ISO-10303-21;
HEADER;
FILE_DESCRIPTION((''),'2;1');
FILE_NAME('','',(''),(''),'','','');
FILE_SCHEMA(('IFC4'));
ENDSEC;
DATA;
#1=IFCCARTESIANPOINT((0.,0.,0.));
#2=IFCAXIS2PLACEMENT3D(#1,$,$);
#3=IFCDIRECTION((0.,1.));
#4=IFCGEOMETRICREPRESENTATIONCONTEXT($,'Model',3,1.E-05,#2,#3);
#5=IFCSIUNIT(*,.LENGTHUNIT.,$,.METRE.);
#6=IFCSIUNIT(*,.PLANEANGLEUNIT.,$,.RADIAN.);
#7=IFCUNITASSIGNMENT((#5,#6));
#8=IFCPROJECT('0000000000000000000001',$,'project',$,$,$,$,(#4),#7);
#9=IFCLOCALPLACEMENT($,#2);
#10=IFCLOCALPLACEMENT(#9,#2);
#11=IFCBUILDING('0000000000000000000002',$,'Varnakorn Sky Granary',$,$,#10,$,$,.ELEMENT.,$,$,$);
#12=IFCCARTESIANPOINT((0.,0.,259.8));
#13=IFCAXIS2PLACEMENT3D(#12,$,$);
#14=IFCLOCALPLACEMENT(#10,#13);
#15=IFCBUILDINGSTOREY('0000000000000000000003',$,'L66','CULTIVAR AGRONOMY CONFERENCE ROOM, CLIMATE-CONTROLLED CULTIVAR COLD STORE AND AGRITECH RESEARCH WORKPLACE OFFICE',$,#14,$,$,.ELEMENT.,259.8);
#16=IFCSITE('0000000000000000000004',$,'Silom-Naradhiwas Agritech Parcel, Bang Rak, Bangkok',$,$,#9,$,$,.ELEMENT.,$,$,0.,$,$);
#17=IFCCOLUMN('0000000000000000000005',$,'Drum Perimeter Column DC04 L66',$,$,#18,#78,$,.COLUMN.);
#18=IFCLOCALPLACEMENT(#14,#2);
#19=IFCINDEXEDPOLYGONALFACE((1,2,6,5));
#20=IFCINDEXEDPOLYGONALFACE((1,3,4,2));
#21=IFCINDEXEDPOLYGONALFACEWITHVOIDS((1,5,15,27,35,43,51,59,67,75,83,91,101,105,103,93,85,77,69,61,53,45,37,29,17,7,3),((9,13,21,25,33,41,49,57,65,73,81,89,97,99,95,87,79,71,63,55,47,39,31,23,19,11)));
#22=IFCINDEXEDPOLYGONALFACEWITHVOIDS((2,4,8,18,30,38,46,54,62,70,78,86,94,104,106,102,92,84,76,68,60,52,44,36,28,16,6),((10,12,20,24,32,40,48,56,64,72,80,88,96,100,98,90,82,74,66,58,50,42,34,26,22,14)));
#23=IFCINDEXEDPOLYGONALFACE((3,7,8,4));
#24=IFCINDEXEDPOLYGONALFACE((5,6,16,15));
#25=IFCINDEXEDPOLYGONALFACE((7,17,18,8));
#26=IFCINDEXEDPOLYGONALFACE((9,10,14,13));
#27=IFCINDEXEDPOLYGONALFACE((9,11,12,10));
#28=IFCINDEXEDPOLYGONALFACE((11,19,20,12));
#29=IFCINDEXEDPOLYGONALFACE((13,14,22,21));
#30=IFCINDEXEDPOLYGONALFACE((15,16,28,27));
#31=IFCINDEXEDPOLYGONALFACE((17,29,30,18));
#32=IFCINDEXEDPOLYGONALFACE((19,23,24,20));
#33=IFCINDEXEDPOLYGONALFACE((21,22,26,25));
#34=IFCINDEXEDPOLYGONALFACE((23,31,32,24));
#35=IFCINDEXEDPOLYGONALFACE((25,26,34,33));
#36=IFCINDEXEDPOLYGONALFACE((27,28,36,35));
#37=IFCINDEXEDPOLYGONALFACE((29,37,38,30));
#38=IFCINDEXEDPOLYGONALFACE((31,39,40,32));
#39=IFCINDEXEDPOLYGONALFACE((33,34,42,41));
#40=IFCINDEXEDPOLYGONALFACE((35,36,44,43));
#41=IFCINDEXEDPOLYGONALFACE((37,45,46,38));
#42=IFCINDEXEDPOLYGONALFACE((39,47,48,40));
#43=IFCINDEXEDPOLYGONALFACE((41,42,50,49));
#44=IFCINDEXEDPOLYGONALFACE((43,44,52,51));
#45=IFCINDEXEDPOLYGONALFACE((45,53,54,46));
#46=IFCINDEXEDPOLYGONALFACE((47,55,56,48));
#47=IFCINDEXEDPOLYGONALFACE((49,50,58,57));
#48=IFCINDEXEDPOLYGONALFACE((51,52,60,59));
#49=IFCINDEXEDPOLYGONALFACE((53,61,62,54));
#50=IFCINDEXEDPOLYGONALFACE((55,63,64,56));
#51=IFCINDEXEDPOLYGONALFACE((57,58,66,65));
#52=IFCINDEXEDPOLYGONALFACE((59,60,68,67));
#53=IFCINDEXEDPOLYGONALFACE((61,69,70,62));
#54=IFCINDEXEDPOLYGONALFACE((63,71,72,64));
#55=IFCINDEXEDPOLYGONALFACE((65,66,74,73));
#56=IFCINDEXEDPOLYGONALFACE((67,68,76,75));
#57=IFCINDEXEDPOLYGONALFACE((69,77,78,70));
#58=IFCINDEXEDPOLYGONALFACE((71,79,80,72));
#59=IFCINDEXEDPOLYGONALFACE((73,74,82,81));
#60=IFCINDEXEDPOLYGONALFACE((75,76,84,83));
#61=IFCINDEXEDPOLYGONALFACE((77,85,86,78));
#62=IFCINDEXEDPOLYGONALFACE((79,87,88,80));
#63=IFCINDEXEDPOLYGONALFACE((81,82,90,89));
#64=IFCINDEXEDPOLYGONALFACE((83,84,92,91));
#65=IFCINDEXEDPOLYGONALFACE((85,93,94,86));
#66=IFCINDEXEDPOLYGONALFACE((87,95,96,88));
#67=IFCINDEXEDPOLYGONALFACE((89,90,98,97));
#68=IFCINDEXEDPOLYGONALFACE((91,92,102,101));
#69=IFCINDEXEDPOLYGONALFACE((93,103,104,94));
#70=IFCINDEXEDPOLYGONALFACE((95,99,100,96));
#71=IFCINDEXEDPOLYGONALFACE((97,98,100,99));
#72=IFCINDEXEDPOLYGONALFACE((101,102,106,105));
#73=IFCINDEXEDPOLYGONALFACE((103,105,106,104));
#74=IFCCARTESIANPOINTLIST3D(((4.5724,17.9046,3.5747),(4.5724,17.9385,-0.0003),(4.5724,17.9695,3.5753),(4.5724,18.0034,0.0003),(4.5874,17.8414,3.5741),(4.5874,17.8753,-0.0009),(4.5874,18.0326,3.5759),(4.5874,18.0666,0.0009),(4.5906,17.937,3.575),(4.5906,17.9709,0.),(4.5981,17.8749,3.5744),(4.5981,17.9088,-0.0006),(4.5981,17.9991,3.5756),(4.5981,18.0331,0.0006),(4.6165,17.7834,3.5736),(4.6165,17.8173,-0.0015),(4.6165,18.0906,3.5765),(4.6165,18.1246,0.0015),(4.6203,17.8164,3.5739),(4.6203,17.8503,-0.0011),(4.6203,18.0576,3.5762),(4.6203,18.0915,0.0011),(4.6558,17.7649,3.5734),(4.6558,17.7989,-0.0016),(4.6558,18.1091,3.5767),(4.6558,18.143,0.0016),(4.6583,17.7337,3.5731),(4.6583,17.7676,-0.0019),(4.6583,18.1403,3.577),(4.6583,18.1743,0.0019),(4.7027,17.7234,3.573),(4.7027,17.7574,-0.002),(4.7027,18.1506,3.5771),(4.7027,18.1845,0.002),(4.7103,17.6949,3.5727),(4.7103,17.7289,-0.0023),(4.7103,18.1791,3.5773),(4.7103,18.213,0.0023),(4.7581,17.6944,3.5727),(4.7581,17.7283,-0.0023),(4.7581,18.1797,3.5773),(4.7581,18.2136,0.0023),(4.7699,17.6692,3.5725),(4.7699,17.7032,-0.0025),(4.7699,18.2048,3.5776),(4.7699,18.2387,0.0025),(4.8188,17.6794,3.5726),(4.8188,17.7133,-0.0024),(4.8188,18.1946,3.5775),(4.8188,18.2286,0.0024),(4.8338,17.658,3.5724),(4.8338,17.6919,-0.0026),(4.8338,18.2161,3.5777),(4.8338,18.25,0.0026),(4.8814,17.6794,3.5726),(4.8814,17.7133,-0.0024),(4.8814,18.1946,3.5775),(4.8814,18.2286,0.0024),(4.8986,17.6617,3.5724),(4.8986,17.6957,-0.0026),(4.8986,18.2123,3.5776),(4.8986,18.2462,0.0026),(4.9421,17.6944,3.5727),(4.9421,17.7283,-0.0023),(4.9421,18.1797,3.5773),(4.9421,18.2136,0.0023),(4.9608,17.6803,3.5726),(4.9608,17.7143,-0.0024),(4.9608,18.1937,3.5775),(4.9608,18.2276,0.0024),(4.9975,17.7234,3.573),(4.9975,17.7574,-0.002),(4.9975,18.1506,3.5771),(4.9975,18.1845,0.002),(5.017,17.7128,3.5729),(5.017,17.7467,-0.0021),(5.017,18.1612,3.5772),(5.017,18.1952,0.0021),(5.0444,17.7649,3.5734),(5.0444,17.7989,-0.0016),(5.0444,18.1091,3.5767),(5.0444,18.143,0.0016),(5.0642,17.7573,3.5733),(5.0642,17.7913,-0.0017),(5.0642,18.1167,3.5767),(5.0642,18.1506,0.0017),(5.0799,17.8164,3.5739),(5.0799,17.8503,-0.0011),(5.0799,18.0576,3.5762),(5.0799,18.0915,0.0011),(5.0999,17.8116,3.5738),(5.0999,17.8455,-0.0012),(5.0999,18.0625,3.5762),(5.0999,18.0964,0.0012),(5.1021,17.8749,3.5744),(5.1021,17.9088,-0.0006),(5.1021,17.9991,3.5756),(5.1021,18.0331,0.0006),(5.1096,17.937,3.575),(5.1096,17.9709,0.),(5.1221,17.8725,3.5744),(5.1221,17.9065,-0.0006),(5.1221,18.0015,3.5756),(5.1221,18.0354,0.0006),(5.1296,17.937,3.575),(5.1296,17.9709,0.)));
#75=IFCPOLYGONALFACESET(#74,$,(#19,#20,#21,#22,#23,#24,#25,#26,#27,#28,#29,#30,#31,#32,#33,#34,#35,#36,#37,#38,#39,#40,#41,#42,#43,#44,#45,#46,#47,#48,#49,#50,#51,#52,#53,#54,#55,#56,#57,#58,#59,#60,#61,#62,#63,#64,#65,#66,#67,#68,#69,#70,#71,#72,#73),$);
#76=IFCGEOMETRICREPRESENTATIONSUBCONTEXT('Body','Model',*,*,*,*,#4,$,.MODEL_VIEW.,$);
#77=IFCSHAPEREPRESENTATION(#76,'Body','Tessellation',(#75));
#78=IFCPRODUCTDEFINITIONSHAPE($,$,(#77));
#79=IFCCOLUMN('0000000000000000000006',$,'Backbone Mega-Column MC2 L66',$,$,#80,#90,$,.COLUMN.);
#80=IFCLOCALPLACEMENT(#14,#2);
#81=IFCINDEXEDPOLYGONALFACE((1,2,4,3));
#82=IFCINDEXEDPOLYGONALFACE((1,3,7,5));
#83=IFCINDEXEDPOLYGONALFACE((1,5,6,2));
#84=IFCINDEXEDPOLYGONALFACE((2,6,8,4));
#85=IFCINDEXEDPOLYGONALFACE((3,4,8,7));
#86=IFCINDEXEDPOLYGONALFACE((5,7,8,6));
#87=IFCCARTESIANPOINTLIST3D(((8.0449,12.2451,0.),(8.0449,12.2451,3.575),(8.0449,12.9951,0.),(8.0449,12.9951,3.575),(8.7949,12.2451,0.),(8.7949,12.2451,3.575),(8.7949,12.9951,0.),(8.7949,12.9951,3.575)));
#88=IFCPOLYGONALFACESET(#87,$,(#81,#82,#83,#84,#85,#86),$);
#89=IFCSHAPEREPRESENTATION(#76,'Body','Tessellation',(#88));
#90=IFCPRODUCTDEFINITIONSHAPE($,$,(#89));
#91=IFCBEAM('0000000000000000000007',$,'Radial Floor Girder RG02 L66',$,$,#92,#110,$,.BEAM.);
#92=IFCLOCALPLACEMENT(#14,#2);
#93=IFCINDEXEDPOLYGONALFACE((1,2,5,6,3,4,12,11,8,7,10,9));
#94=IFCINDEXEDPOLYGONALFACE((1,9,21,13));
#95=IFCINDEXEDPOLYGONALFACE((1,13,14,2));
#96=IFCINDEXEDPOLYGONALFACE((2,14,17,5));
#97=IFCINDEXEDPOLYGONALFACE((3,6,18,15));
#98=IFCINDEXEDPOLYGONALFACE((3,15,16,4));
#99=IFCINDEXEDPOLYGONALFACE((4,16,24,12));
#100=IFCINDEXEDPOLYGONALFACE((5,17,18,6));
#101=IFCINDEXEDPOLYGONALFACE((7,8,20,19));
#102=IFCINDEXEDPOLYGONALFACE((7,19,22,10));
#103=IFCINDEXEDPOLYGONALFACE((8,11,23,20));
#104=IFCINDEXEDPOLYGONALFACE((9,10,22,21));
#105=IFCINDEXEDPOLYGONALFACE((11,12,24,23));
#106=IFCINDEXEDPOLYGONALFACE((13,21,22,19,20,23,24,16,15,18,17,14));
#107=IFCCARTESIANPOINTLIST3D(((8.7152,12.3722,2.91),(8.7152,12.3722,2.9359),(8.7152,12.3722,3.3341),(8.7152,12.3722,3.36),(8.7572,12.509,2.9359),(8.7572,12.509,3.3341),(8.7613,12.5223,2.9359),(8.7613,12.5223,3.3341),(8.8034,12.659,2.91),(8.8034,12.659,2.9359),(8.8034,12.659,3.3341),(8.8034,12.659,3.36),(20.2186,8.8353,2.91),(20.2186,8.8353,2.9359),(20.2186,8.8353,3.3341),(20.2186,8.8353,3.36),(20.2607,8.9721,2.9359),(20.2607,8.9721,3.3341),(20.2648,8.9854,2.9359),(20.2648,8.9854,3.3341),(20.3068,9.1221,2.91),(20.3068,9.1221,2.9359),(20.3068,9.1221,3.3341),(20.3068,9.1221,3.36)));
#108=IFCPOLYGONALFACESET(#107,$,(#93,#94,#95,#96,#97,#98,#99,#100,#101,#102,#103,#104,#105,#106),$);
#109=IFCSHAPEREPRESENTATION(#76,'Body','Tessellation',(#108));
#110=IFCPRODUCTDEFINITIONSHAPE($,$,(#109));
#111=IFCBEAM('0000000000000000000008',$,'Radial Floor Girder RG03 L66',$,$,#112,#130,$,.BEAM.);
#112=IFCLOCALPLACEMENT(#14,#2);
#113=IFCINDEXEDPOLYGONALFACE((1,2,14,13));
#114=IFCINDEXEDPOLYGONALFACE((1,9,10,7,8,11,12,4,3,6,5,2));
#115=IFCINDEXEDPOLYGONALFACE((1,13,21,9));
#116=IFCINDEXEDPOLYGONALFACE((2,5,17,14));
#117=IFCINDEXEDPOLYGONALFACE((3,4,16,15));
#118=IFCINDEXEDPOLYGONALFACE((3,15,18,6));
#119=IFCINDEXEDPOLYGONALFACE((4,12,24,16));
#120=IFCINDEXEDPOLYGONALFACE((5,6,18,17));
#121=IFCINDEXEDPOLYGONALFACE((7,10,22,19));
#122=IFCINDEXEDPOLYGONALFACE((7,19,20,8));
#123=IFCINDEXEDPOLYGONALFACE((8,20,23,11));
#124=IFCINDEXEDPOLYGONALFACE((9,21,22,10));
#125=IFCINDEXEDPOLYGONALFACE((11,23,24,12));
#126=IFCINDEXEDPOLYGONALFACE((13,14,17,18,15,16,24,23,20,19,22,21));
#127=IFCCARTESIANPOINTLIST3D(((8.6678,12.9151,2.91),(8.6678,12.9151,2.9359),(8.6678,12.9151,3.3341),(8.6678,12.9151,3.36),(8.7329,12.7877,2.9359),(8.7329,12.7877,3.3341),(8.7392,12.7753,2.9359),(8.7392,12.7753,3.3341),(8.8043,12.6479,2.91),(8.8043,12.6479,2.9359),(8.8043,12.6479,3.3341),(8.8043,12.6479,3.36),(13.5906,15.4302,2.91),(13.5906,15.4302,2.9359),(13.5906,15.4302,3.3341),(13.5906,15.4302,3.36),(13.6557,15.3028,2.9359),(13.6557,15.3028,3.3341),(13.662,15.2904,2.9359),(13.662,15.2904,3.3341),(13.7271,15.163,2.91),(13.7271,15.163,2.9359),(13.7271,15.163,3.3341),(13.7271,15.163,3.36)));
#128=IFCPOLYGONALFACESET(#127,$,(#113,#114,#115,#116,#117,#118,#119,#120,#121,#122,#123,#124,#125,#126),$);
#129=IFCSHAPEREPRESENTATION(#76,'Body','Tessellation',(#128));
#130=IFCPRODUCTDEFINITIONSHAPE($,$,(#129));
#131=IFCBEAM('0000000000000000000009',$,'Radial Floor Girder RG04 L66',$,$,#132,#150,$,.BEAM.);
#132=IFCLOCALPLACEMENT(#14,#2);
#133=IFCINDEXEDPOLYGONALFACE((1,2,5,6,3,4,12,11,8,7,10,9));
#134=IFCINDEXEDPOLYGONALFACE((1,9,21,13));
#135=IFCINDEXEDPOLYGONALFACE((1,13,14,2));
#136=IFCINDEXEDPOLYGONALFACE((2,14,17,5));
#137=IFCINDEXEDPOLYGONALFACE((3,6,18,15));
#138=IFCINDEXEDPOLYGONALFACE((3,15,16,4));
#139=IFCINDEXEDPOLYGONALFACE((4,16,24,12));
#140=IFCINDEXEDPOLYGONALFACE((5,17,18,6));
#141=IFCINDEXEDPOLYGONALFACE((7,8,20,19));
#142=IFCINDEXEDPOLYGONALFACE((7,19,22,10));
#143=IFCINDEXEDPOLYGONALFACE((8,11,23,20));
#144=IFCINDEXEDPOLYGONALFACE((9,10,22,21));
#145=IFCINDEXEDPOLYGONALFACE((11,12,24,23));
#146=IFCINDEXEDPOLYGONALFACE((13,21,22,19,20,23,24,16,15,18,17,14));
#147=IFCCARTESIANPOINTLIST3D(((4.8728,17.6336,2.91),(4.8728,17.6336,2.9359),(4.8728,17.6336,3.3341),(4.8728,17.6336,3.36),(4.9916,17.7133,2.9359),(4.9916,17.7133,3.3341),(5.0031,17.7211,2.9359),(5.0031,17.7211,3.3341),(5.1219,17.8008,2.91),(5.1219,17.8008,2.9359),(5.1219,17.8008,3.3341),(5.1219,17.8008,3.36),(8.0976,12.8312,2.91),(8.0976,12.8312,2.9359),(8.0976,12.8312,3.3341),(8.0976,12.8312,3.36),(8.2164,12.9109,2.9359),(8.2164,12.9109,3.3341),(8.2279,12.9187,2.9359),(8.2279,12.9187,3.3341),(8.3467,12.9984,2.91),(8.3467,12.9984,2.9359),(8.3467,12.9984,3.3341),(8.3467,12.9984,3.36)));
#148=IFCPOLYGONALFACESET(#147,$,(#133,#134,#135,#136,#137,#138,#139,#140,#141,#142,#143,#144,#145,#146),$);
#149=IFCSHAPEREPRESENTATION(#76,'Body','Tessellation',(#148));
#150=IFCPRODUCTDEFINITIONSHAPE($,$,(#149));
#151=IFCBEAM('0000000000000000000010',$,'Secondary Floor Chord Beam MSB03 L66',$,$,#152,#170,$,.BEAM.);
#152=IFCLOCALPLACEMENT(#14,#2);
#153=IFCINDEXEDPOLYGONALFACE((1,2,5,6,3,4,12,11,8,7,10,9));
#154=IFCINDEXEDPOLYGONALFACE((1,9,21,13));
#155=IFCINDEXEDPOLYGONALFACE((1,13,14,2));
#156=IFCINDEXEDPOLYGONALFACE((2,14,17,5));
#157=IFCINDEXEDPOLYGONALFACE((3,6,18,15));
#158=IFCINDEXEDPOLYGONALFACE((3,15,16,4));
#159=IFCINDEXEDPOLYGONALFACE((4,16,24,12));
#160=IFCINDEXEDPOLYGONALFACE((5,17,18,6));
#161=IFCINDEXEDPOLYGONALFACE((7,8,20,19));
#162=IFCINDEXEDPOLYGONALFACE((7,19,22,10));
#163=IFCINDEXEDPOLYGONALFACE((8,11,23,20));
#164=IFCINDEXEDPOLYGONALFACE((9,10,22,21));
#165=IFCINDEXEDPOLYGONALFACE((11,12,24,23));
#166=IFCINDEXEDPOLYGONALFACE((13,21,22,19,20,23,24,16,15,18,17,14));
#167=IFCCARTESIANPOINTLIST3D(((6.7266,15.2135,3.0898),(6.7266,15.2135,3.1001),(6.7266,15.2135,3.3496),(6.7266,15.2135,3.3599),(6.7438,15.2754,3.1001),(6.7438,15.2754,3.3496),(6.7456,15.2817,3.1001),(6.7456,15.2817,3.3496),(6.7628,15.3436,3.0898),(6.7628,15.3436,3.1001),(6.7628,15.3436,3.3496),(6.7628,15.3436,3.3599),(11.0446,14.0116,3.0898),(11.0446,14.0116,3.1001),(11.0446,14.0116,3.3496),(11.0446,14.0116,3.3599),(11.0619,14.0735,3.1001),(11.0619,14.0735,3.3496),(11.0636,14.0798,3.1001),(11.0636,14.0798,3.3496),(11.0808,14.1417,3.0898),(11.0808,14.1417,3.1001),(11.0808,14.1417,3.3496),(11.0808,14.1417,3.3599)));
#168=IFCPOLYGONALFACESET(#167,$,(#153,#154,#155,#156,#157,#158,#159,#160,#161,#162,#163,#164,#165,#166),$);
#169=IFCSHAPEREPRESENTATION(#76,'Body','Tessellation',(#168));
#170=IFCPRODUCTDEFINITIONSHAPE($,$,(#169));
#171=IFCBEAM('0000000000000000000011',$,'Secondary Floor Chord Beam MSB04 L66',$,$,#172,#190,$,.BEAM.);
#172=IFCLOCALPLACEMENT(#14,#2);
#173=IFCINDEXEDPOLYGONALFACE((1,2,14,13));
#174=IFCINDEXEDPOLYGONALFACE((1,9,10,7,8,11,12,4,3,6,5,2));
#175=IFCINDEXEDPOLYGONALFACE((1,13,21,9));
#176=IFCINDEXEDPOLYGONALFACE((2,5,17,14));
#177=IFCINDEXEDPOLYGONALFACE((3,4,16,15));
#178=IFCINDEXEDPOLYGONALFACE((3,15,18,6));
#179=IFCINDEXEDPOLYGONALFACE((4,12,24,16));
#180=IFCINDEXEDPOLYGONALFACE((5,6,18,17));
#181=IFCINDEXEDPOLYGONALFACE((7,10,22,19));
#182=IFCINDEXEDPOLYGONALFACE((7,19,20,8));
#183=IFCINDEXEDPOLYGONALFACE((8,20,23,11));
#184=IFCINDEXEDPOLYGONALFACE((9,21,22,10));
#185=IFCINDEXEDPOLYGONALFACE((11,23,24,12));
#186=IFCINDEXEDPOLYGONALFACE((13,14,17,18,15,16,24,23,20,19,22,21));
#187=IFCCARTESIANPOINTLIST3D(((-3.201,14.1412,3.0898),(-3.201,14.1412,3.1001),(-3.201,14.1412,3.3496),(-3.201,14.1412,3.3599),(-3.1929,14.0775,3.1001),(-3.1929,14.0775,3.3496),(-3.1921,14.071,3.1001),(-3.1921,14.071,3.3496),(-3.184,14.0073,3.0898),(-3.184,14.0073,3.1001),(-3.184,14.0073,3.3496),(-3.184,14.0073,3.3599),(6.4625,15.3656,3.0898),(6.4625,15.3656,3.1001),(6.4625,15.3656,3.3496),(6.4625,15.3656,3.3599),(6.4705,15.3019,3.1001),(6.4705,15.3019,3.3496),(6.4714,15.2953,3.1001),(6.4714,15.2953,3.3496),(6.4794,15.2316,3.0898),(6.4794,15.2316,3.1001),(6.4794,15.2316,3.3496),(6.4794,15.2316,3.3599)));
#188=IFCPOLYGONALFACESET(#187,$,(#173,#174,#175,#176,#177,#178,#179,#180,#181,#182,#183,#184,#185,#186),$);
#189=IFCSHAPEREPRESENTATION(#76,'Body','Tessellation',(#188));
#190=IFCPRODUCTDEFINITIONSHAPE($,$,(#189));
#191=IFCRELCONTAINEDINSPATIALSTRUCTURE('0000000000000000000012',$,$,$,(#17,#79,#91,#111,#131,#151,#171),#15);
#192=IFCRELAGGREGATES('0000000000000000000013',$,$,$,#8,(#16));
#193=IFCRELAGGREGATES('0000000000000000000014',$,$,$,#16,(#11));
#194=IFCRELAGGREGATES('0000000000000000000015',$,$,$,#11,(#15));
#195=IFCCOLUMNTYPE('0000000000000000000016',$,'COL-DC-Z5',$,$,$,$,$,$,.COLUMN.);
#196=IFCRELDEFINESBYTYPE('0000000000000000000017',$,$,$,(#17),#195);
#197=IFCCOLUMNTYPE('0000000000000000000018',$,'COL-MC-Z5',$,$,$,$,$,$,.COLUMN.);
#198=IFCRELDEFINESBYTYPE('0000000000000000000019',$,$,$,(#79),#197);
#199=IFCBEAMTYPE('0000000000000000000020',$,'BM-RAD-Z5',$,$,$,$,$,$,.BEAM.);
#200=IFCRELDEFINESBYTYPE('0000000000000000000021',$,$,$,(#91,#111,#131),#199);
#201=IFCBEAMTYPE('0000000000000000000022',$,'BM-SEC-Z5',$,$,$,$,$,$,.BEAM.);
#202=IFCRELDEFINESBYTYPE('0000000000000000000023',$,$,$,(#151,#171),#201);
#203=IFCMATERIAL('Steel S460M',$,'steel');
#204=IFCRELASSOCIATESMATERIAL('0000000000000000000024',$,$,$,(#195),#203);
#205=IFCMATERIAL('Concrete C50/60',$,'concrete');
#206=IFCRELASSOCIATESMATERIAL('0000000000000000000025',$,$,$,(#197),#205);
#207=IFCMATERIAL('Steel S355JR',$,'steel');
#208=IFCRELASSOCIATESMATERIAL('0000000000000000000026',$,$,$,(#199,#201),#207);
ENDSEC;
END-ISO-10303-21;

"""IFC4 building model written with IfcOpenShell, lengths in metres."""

from ifc_helpers import new_model, si_unit, direction, frame, origin, origin_2d, place, context, subcontext, project, spatial, rectangle, hollow_circle, i_section, extrude, material, material_profile, profile_set, type_object, element, save


model = new_model("IFC4")

# Units and contexts
model_context = context("Model", 3, precision=1e-05, world=origin(), true_north=direction((0.0, 1.0)))
body_context = subcontext(model_context, "Body", "Model", "MODEL_VIEW")
ifc_project = project(units=[si_unit("LENGTHUNIT", "METRE"), si_unit("PLANEANGLEUNIT", "RADIAN")], contexts=[model_context])

# Site, building, storey
site_placement = place(None, origin())
site = spatial("IfcSite", under=ifc_project, at=site_placement, Name="Silom-Naradhiwas Agritech Parcel, Bang Rak, Bangkok", CompositionType="ELEMENT", RefElevation=0.0)
building_placement = place(site_placement, origin())
building = spatial("IfcBuilding", under=site, at=building_placement, Name="Varnakorn Sky Granary", CompositionType="ELEMENT")
storey_placement = place(building_placement, frame((0.0, 0.0, 259.8)))
storey = spatial("IfcBuildingStorey", under=building, at=storey_placement, Name="L66", Description="CULTIVAR AGRONOMY CONFERENCE ROOM, CLIMATE-CONTROLLED CULTIVAR COLD STORE AND AGRITECH RESEARCH WORKPLACE OFFICE", CompositionType="ELEMENT", Elevation=259.8)

# Columns
ifc_material_1 = material(Name="Steel S460M", Category="steel")
ifc_material_profile_1 = material_profile(ifc_material_1, hollow_circle(Radius=0.2795, WallThickness=0.02, at=origin_2d()), Name="CHS 559x20")
ifc_profile_set_1 = profile_set([ifc_material_profile_1], Name="Steel S460M")
column_type_1 = type_object("IfcColumnType", Name="COL-DC-Z5", PredefinedType="COLUMN", material=ifc_profile_set_1)
column_1_placement = place(storey_placement, frame((4.8501, 17.9709, 0.0), z_axis=(0.0, -0.009492, 0.999955), x_axis=(1.0, 0.0, 0.0)))
element("IfcColumn", 1, at=column_1_placement, inside=storey, type_object=column_type_1, Name="Drum Perimeter Column DC04 L66", PredefinedType="COLUMN", context=body_context, shape_type="SweptSolid", body=[
    extrude(hollow_circle(Radius=0.2795, WallThickness=0.02, at=origin_2d()), origin(), (0.0, 0.0, 1.0), 3.5752),
])
ifc_material_2 = material(Name="Concrete C50/60", Category="concrete")
ifc_material_profile_2 = material_profile(ifc_material_2, rectangle(XDim=0.75, YDim=0.75, at=origin_2d()), Name="RC 750x750")
ifc_profile_set_2 = profile_set([ifc_material_profile_2], Name="Concrete C50/60")
column_type_2 = type_object("IfcColumnType", Name="COL-MC-Z5", PredefinedType="COLUMN", material=ifc_profile_set_2)
column_2_placement = place(storey_placement, frame((8.4199, 12.6201, 0.0), z_axis=(0.0, 0.0, 1.0), x_axis=(1.0, 0.0, 0.0)))
element("IfcColumn", 2, at=column_2_placement, inside=storey, type_object=column_type_2, Name="Backbone Mega-Column MC2 L66", PredefinedType="COLUMN", context=body_context, shape_type="SweptSolid", body=[
    extrude(rectangle(XDim=0.75, YDim=0.75, at=origin_2d()), origin(), (0.0, 0.0, 1.0), 3.575),
])

# Beams
ifc_material_3 = material(Name="Steel S355JR", Category="steel")
ifc_material_profile_3 = material_profile(ifc_material_3, i_section(OverallWidth=0.3, OverallDepth=0.45, WebThickness=0.0139, FlangeThickness=0.0259, at=origin_2d()), Name="HE 450 B")
ifc_profile_set_3 = profile_set([ifc_material_profile_3], Name="Steel S355JR")
beam_type_1 = type_object("IfcBeamType", Name="BM-RAD-Z5", PredefinedType="BEAM", material=ifc_profile_set_3)
beam_1_placement = place(storey_placement, frame((8.7593, 12.5156, 3.135), z_axis=(0.955841, -0.293885, 0.0), x_axis=(0.293885, 0.955841, 0.0)))
element("IfcBeam", 3, at=beam_1_placement, inside=storey, type_object=beam_type_1, Name="Radial Floor Girder RG02 L66", PredefinedType="BEAM", context=body_context, shape_type="SweptSolid", body=[
    extrude(i_section(OverallWidth=0.3, OverallDepth=0.45, WebThickness=0.0139, FlangeThickness=0.0259, at=origin_2d()), origin(), (0.0, 0.0, 1.0), 12.0349),
])
beam_2_placement = place(storey_placement, frame((8.7361, 12.7815, 3.135), z_axis=(0.890507, 0.454969, 0.0), x_axis=(-0.454969, 0.890507, 0.0)))
element("IfcBeam", 4, at=beam_2_placement, inside=storey, type_object=beam_type_1, Name="Radial Floor Girder RG03 L66", PredefinedType="BEAM", context=body_context, shape_type="SweptSolid", body=[
    extrude(i_section(OverallWidth=0.3, OverallDepth=0.45, WebThickness=0.0139, FlangeThickness=0.0259, at=origin_2d()), origin(), (0.0, 0.0, 1.0), 5.5281),
])
beam_3_placement = place(storey_placement, frame((8.2222, 12.9148, 3.135), z_axis=(-0.557473, 0.830195, 0.0), x_axis=(-0.830195, -0.557473, 0.0)))
element("IfcBeam", 5, at=beam_3_placement, inside=storey, type_object=beam_type_1, Name="Radial Floor Girder RG04 L66", PredefinedType="BEAM", context=body_context, shape_type="SweptSolid", body=[
    extrude(i_section(OverallWidth=0.3, OverallDepth=0.45, WebThickness=0.0139, FlangeThickness=0.0259, at=origin_2d()), origin(), (0.0, 0.0, 1.0), 5.7847),
])
ifc_material_profile_4 = material_profile(ifc_material_3, i_section(OverallWidth=0.135, OverallDepth=0.27, WebThickness=0.0066, FlangeThickness=0.0103, at=origin_2d()), Name="IPE 270")
ifc_profile_set_4 = profile_set([ifc_material_profile_4], Name="Steel S355JR")
beam_type_2 = type_object("IfcBeamType", Name="BM-SEC-Z5", PredefinedType="BEAM", material=ifc_profile_set_4)
beam_4_placement = place(storey_placement, frame((11.0627, 14.0767, 3.2249), z_axis=(-0.963378, 0.268147, 0.0), x_axis=(-0.268147, -0.963378, 0.0)))
element("IfcBeam", 6, at=beam_4_placement, inside=storey, type_object=beam_type_2, Name="Secondary Floor Chord Beam MSB03 L66", PredefinedType="BEAM", context=body_context, shape_type="SweptSolid", body=[
    extrude(i_section(OverallWidth=0.135, OverallDepth=0.27, WebThickness=0.0066, FlangeThickness=0.0103, at=origin_2d()), origin(), (0.0, 0.0, 1.0), 4.4822),
])
beam_5_placement = place(storey_placement, frame((6.4709, 15.2986, 3.2249), z_axis=(-0.992069, -0.125694, 0.0), x_axis=(0.125694, -0.992069, 0.0)))
element("IfcBeam", 7, at=beam_5_placement, inside=storey, type_object=beam_type_2, Name="Secondary Floor Chord Beam MSB04 L66", PredefinedType="BEAM", context=body_context, shape_type="SweptSolid", body=[
    extrude(i_section(OverallWidth=0.135, OverallDepth=0.27, WebThickness=0.0066, FlangeThickness=0.0103, at=origin_2d()), origin(), (0.0, 0.0, 1.0), 9.7407),
])

save(model, "model.ifc")
